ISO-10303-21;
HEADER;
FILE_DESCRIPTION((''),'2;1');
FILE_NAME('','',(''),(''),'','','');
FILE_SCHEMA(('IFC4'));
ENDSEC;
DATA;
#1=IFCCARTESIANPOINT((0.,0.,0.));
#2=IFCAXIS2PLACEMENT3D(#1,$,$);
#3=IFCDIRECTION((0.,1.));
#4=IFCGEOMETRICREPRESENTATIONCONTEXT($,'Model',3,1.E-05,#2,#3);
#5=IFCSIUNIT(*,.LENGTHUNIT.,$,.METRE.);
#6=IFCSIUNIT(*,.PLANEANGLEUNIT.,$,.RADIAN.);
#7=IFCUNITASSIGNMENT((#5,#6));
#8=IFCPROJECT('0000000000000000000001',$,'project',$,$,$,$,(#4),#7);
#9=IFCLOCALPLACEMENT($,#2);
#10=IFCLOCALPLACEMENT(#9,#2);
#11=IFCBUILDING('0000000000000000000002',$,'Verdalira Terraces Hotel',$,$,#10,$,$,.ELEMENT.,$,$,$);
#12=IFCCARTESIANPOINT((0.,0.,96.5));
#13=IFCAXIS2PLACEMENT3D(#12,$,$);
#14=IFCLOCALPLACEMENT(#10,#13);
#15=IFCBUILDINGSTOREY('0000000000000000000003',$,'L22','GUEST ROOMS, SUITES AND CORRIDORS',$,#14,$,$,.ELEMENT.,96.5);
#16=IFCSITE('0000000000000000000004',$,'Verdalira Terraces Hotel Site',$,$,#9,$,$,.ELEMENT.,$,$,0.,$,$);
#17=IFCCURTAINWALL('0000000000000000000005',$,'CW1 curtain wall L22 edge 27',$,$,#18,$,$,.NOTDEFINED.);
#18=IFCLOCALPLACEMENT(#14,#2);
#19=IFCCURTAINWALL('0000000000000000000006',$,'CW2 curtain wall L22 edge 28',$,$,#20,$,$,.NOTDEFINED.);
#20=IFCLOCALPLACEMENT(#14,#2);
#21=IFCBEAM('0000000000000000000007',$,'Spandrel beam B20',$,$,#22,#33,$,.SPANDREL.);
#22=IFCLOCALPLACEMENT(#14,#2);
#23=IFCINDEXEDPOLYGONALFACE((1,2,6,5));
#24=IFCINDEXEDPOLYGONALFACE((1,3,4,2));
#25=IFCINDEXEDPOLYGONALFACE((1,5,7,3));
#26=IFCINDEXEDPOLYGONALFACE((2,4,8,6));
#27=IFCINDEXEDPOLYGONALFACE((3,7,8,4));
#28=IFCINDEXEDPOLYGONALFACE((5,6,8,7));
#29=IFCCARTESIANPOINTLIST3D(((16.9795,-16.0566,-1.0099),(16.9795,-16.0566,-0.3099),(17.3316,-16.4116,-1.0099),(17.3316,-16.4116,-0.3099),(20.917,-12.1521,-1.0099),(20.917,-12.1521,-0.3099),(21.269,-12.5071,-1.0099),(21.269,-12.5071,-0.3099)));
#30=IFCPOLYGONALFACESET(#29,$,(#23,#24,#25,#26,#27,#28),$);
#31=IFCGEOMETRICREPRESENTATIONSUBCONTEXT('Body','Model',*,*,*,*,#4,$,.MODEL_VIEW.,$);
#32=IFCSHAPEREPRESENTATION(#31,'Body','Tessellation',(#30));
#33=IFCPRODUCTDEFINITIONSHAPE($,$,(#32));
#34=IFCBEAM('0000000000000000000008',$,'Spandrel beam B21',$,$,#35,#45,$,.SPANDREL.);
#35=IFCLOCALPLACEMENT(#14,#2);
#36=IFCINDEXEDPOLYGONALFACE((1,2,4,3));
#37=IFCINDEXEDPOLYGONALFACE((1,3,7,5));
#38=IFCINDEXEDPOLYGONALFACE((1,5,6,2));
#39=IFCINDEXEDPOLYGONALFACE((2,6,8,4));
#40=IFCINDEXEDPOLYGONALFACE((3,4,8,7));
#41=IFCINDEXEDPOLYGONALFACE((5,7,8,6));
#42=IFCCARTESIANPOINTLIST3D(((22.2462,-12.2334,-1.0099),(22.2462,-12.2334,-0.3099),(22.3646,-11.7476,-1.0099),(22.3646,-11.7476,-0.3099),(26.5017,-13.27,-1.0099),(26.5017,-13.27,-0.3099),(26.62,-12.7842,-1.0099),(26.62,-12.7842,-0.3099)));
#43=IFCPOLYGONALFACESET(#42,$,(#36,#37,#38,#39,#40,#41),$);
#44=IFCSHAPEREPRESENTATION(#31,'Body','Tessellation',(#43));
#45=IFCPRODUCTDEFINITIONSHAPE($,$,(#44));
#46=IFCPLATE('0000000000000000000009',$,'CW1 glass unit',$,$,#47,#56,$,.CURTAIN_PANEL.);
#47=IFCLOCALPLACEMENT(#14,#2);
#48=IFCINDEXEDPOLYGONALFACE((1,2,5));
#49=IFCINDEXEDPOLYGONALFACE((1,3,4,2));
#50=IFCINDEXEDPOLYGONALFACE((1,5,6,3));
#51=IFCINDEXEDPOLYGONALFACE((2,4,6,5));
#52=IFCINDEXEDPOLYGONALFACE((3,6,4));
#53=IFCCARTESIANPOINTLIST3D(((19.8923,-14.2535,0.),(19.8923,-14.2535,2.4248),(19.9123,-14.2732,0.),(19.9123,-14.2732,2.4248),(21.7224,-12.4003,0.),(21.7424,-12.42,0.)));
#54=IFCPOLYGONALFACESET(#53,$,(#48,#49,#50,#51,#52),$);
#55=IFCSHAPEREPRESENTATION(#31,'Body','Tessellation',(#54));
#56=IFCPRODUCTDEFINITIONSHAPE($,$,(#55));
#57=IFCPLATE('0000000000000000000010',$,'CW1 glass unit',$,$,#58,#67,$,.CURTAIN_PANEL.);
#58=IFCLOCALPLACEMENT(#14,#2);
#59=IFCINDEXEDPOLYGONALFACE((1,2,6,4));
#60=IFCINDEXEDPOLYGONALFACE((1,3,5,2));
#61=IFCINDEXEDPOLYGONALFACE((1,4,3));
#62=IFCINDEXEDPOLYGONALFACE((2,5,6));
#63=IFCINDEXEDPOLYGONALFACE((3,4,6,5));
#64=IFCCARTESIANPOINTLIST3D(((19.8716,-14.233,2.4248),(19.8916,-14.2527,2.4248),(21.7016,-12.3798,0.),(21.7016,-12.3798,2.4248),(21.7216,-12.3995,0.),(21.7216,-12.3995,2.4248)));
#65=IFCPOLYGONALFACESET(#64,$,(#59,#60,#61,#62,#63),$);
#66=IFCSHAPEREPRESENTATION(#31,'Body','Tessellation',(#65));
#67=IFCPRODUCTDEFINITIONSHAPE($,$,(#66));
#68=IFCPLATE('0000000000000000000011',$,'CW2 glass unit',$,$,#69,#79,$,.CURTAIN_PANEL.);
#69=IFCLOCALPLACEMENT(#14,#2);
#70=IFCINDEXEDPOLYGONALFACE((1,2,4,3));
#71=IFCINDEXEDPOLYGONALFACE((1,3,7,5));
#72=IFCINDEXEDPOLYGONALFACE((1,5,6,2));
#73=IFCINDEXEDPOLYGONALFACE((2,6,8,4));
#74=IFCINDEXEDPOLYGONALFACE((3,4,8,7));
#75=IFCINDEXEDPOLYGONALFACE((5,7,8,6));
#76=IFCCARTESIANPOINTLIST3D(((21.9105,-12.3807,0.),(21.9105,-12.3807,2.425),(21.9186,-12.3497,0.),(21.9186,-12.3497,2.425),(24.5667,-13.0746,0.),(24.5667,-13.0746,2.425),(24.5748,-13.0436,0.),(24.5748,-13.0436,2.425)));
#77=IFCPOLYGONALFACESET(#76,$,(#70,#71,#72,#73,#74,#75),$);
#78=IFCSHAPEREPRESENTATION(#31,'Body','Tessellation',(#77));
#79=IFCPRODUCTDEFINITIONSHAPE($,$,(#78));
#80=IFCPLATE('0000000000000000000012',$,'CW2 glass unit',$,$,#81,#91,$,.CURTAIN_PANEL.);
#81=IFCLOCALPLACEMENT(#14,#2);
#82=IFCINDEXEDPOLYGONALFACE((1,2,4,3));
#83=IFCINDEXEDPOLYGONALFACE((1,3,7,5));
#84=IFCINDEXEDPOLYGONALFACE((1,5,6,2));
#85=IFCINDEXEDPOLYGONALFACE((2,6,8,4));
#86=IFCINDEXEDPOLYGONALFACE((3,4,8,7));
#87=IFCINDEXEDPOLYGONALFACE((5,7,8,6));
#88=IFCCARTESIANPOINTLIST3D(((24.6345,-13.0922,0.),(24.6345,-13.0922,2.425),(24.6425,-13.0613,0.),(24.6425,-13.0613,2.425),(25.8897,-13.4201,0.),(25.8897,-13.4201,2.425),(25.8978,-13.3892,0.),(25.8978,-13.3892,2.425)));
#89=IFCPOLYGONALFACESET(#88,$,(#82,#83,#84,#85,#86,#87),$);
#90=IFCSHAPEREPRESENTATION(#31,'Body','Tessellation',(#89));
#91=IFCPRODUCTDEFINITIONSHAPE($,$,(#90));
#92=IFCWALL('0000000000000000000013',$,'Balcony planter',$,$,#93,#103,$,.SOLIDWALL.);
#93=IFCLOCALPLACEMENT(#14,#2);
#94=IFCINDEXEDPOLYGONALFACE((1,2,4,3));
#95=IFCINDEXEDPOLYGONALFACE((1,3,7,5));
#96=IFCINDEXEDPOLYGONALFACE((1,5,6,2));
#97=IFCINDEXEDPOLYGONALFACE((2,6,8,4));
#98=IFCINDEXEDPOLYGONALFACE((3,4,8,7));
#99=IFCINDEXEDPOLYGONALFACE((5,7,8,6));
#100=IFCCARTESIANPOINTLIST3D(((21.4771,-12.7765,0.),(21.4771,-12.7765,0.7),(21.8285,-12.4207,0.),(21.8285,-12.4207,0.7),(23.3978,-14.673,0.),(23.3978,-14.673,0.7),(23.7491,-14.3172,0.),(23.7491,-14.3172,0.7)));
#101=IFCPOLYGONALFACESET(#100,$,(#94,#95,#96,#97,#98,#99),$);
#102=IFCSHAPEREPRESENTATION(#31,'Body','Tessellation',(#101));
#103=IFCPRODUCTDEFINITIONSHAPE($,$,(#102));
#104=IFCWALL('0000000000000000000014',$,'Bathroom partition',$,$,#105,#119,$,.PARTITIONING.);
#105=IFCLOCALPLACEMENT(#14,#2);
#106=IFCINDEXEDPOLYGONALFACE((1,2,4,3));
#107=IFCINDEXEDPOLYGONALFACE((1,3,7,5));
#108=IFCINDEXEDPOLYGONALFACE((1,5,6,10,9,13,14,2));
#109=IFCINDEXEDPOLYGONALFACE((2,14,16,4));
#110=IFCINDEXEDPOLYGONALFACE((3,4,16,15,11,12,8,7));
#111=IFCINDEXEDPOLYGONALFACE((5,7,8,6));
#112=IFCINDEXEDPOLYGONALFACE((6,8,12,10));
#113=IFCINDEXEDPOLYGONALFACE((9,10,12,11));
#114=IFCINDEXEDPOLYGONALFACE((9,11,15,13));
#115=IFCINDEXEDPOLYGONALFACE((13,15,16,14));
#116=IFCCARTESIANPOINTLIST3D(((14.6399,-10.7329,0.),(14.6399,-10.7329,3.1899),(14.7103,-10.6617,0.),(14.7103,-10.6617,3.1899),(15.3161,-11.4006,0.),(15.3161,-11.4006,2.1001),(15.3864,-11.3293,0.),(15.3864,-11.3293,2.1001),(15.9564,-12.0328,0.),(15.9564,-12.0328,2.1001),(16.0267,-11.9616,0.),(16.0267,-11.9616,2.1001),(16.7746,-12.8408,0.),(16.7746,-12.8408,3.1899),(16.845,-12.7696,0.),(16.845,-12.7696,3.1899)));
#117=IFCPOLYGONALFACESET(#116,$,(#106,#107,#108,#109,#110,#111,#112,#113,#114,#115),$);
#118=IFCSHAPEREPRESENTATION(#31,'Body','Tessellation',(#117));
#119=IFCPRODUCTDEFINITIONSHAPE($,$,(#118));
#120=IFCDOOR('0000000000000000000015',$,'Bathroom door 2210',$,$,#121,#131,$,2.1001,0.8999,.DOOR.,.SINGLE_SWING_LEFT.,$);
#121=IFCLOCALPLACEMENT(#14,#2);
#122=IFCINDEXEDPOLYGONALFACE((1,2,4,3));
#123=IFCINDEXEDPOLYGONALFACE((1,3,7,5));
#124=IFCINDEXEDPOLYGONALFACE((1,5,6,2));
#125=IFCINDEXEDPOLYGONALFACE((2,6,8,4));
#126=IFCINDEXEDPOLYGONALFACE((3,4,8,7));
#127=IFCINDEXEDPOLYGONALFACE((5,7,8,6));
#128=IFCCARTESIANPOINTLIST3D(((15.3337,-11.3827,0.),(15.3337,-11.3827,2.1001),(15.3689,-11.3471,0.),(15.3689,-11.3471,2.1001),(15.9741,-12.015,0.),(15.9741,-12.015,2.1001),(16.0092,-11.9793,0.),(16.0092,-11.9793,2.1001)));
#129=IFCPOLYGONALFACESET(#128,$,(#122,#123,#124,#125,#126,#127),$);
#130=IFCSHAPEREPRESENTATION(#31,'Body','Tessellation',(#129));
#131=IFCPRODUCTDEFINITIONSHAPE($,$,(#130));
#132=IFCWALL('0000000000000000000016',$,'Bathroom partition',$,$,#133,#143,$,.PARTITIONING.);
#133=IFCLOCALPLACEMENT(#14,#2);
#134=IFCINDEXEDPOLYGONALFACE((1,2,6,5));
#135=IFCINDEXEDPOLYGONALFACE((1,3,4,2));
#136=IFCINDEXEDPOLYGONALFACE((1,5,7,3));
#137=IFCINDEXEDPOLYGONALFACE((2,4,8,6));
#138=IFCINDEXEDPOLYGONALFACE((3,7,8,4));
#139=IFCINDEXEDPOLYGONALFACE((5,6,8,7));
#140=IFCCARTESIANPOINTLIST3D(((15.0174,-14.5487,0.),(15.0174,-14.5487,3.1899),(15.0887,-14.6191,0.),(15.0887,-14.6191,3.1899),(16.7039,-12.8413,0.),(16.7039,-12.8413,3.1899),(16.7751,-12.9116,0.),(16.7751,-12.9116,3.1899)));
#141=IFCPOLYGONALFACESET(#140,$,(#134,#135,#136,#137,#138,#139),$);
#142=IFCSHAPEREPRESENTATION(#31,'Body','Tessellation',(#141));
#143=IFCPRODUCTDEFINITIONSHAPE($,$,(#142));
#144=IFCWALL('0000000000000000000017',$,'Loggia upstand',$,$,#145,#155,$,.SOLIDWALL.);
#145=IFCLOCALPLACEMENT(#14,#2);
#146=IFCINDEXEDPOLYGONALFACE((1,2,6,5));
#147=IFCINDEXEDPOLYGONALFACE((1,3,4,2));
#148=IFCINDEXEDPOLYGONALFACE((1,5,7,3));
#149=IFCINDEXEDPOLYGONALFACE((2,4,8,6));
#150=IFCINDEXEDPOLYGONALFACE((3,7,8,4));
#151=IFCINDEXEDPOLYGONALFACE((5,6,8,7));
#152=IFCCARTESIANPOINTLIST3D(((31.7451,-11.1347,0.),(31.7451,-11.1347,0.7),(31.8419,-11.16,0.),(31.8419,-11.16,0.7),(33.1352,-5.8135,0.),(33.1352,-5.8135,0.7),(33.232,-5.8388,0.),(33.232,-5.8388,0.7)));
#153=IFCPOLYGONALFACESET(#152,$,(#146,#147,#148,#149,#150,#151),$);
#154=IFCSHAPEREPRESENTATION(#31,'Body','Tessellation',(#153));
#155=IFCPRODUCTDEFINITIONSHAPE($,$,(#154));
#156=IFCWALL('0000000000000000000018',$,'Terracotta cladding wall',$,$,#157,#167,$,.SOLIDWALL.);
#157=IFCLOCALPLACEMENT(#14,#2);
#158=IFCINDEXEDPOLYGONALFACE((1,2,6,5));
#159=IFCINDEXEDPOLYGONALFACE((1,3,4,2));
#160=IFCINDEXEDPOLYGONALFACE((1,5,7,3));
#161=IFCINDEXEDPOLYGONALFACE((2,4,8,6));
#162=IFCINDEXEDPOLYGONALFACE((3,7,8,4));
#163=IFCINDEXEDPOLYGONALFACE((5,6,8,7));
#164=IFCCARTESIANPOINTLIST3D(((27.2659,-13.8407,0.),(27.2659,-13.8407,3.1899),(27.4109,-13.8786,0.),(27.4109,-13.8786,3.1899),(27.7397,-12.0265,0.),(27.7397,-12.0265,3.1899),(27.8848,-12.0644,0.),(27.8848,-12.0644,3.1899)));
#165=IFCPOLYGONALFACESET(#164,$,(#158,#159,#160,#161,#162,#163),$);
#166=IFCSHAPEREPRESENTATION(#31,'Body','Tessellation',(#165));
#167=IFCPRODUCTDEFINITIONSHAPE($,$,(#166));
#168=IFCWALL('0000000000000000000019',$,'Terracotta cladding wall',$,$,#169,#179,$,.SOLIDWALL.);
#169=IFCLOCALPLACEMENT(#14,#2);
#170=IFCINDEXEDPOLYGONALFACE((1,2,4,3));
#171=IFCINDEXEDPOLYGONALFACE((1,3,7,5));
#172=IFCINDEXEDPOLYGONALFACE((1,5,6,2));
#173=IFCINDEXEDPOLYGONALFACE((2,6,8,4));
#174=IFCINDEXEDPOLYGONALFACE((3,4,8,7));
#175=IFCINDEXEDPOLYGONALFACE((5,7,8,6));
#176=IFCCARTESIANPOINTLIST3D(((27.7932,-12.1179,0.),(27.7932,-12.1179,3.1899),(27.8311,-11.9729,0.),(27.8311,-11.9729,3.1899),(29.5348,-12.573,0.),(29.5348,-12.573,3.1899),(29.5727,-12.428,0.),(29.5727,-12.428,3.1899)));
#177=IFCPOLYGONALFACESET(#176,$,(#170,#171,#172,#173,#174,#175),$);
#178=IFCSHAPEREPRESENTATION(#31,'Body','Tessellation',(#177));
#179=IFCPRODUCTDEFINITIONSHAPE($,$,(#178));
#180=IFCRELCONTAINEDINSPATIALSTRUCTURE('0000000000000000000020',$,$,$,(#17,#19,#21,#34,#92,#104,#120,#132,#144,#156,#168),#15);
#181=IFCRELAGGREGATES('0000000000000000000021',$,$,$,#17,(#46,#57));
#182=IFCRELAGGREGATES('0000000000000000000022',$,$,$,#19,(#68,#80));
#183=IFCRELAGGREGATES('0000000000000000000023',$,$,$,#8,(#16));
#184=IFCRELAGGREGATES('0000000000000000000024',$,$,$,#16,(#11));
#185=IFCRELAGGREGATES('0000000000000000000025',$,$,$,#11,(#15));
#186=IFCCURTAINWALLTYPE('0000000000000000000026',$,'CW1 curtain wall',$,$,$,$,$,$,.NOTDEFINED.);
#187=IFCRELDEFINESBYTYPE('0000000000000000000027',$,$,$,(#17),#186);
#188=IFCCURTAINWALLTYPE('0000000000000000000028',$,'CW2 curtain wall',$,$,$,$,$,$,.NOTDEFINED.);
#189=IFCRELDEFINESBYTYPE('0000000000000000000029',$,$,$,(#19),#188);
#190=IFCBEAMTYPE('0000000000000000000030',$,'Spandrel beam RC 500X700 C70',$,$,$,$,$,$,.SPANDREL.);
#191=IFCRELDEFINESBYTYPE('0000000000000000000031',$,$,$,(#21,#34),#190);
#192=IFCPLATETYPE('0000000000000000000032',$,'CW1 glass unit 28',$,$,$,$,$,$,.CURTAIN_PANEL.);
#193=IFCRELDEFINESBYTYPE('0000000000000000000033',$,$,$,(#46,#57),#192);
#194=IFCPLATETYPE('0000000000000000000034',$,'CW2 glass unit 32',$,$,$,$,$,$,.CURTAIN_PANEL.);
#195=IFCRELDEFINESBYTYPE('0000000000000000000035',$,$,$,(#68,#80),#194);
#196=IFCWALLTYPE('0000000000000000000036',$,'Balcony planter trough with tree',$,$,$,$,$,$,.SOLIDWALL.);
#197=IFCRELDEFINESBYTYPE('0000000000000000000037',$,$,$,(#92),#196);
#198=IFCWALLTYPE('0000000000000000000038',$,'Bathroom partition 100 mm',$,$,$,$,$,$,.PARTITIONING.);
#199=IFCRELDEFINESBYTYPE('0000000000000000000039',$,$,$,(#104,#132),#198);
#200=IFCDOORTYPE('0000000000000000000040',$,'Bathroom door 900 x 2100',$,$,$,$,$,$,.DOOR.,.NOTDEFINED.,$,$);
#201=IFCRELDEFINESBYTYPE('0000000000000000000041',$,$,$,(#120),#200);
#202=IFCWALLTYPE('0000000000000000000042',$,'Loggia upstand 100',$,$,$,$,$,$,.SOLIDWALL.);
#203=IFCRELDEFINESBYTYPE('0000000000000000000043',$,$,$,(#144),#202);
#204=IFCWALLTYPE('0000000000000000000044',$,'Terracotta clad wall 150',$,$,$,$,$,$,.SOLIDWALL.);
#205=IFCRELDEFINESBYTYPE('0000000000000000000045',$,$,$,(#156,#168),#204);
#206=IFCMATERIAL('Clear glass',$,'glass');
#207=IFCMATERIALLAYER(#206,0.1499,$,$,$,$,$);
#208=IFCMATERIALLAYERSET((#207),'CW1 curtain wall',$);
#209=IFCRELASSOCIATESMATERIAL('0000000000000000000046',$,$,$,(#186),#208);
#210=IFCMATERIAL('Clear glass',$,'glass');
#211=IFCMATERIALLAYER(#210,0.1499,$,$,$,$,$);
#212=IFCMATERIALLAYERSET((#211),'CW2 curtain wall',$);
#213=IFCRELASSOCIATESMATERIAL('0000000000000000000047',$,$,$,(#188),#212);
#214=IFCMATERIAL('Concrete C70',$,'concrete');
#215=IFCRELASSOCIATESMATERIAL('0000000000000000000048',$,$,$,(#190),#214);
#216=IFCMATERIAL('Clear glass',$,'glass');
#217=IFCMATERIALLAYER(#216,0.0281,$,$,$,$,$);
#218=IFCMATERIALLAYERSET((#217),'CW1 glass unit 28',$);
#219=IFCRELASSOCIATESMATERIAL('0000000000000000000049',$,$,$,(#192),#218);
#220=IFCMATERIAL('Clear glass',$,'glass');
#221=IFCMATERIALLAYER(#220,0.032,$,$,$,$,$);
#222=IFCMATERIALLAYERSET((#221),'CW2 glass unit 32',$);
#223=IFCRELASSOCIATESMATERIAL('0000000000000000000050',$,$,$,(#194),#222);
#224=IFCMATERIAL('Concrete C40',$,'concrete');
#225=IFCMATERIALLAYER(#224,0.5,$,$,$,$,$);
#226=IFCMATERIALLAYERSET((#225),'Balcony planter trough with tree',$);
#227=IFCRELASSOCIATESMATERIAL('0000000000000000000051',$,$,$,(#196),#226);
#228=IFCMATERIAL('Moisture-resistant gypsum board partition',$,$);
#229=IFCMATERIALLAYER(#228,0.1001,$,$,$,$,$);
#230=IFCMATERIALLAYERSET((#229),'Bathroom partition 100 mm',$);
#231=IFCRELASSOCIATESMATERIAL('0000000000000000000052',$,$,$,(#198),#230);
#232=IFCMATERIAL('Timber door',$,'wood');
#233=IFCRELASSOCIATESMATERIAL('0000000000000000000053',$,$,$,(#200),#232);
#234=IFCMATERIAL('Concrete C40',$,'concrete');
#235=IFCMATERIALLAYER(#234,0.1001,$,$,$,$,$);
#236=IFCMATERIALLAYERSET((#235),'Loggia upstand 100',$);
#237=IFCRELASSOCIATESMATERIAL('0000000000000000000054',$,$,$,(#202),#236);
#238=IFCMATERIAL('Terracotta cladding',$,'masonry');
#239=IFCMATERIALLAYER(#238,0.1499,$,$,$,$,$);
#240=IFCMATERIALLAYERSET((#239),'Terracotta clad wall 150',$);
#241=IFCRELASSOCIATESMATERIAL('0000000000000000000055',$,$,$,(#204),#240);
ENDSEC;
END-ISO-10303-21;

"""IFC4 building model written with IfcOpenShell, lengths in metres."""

from ifc_helpers import new_model, si_unit, direction, frame, frame_2d, origin, origin_2d, place, context, subcontext, project, spatial, polyline, rectangle, outline, extrude, material, layer, layer_set, material_profile, profile_set, type_object, element, fill, aggregate, save


model = new_model("IFC4")

# Units and contexts
model_context = context("Model", 3, precision=1e-05, world=origin(), true_north=direction((0.0, 1.0)))
body_context = subcontext(model_context, "Body", "Model", "MODEL_VIEW")
ifc_project = project(units=[si_unit("LENGTHUNIT", "METRE"), si_unit("PLANEANGLEUNIT", "RADIAN")], contexts=[model_context])

# Site, building, storey
site_placement = place(None, origin())
site = spatial("IfcSite", under=ifc_project, at=site_placement, Name="Verdalira Terraces Hotel Site", CompositionType="ELEMENT", RefElevation=0.0)
building_placement = place(site_placement, origin())
building = spatial("IfcBuilding", under=site, at=building_placement, Name="Verdalira Terraces Hotel", CompositionType="ELEMENT")
storey_placement = place(building_placement, frame((0.0, 0.0, 96.5)))
storey = spatial("IfcBuildingStorey", under=building, at=storey_placement, Name="L22", Description="GUEST ROOMS, SUITES AND CORRIDORS", CompositionType="ELEMENT", Elevation=96.5)

# Curtain wall
ifc_material_1 = material(Name="Clear glass", Category="glass")
ifc_layer_1 = layer(ifc_material_1, 0.1499)
ifc_layer_set_1 = layer_set([ifc_layer_1], Name="CW1 curtain wall")
curtain_wall_type_1 = type_object("IfcCurtainWallType", Name="CW1 curtain wall", PredefinedType="NOTDEFINED", material=ifc_layer_set_1)
curtain_wall_1_placement = place(storey_placement, origin())
curtain_wall_1 = element("IfcCurtainWall", 1, at=curtain_wall_1_placement, inside=storey, type_object=curtain_wall_type_1, Name="CW1 curtain wall L22 edge 27", PredefinedType="NOTDEFINED")

# Curtain wall
ifc_material_2 = material(Name="Clear glass", Category="glass")
ifc_layer_2 = layer(ifc_material_2, 0.1499)
ifc_layer_set_2 = layer_set([ifc_layer_2], Name="CW2 curtain wall")
curtain_wall_type_2 = type_object("IfcCurtainWallType", Name="CW2 curtain wall", PredefinedType="NOTDEFINED", material=ifc_layer_set_2)
curtain_wall_2_placement = place(storey_placement, origin())
curtain_wall_2 = element("IfcCurtainWall", 2, at=curtain_wall_2_placement, inside=storey, type_object=curtain_wall_type_2, Name="CW2 curtain wall L22 edge 28", PredefinedType="NOTDEFINED")

# Beams
ifc_material_3 = material(Name="Concrete C70", Category="concrete")
ifc_material_profile_1 = material_profile(ifc_material_3, rectangle(XDim=0.5, YDim=0.7, at=origin_2d()), Name="RC 500X700")
ifc_profile_set_1 = profile_set([ifc_material_profile_1], Name="Concrete C70")
beam_type_1 = type_object("IfcBeamType", Name="Spandrel beam RC 500X700 C70", PredefinedType="SPANDREL", material=ifc_profile_set_1)
beam_1_placement = place(storey_placement, frame((17.1555, -16.2341, -0.6599), z_axis=(0.710072, 0.704129, 0.0), x_axis=(-0.704129, 0.710072, 0.0)))
element("IfcBeam", 3, at=beam_1_placement, inside=storey, type_object=beam_type_1, Name="Spandrel beam B20", PredefinedType="SPANDREL", context=body_context, shape_type="SweptSolid", body=[
    extrude(rectangle(XDim=0.5, YDim=0.7, at=origin_2d()), origin(), (0.0, 0.0, 1.0), 5.5452),
])
beam_2_placement = place(storey_placement, frame((22.3054, -11.9905, -0.6599), z_axis=(0.971587, -0.236682, 0.0), x_axis=(0.236682, 0.971587, 0.0)))
element("IfcBeam", 4, at=beam_2_placement, inside=storey, type_object=beam_type_1, Name="Spandrel beam B21", PredefinedType="SPANDREL", context=body_context, shape_type="SweptSolid", body=[
    extrude(rectangle(XDim=0.5, YDim=0.7, at=origin_2d()), origin(), (0.0, 0.0, 1.0), 4.3799),
])

# Plates
ifc_material_4 = material(Name="Clear glass", Category="glass")
ifc_layer_3 = layer(ifc_material_4, 0.0281)
ifc_layer_set_3 = layer_set([ifc_layer_3], Name="CW1 glass unit 28")
plate_type_1 = type_object("IfcPlateType", Name="CW1 glass unit 28", PredefinedType="CURTAIN_PANEL", material=ifc_layer_set_3)
plate_1_placement = place(storey_placement, frame((20.8074, -13.3269, 1.2124), z_axis=(0.711536, -0.70265, 0.0), x_axis=(0.70265, 0.711536, 0.0)))
plate_1 = element("IfcPlate", 5, at=plate_1_placement, type_object=plate_type_1, Name="CW1 glass unit", PredefinedType="CURTAIN_PANEL", context=body_context, shape_type="SweptSolid", body=[
    extrude(outline(polyline([(-1.3022, -1.2124), (1.3022, -1.2124), (-1.3022, 1.2124), (-1.3022, -1.2124)])), origin(), (0.0, 0.0, 1.0), 0.0281),
])
plate_2_placement = place(storey_placement, frame((20.7866, -13.3064, 1.2124), z_axis=(0.711536, -0.70265, 0.0), x_axis=(0.70265, 0.711536, 0.0)))
plate_2 = element("IfcPlate", 6, at=plate_2_placement, type_object=plate_type_1, Name="CW1 glass unit", PredefinedType="CURTAIN_PANEL", context=body_context, shape_type="SweptSolid", body=[
    extrude(outline(polyline([(1.3022, -1.2124), (1.3022, 1.2124), (-1.3022, 1.2124), (1.3022, -1.2124)])), origin(), (0.0, 0.0, 1.0), 0.0281),
])
aggregate(curtain_wall_1, [plate_1, plate_2])
ifc_material_5 = material(Name="Clear glass", Category="glass")
ifc_layer_4 = layer(ifc_material_5, 0.032)
ifc_layer_set_4 = layer_set([ifc_layer_4], Name="CW2 glass unit 32")
plate_type_2 = type_object("IfcPlateType", Name="CW2 glass unit 32", PredefinedType="CURTAIN_PANEL", material=ifc_layer_set_4)
plate_3_placement = place(storey_placement, frame((23.2427, -12.7122, 0.0), z_axis=(0.0, 0.0, 1.0), x_axis=(0.967533, -0.252745, 0.0)))
plate_3 = element("IfcPlate", 7, at=plate_3_placement, type_object=plate_type_2, Name="CW2 glass unit", PredefinedType="CURTAIN_PANEL", context=body_context, shape_type="SweptSolid", body=[
    extrude(rectangle(XDim=2.7454, YDim=0.032, at=origin_2d()), origin(), (0.0, 0.0, 1.0), 2.425),
])
plate_4_placement = place(storey_placement, frame((25.2661, -13.2407, 0.0), z_axis=(0.0, 0.0, 1.0), x_axis=(0.967533, -0.252745, 0.0)))
plate_4 = element("IfcPlate", 8, at=plate_4_placement, type_object=plate_type_2, Name="CW2 glass unit", PredefinedType="CURTAIN_PANEL", context=body_context, shape_type="SweptSolid", body=[
    extrude(rectangle(XDim=1.2974, YDim=0.032, at=origin_2d()), origin(), (0.0, 0.0, 1.0), 2.425),
])
aggregate(curtain_wall_2, [plate_3, plate_4])

# Wall
ifc_material_6 = material(Name="Concrete C40", Category="concrete")
ifc_layer_5 = layer(ifc_material_6, 0.5)
ifc_layer_set_5 = layer_set([ifc_layer_5], Name="Balcony planter trough with tree")
wall_type_1 = type_object("IfcWallType", Name="Balcony planter trough with tree", PredefinedType="SOLIDWALL", material=ifc_layer_set_5)
wall_1_placement = place(storey_placement, frame((23.5735, -14.4951, 0.0), z_axis=(0.0, 0.0, 1.0), x_axis=(-0.71157, 0.702615, 0.0)))
element("IfcWall", 9, at=wall_1_placement, inside=storey, type_object=wall_type_1, Name="Balcony planter", PredefinedType="SOLIDWALL", context=body_context, shape_type="SweptSolid", body=[
    extrude(rectangle(XDim=2.6992, YDim=0.5, at=frame_2d((1.3496, 0.0))), origin(), (0.0, 0.0, 1.0), 0.7),
])

# Wall, opening, door
ifc_material_7 = material(Name="Moisture-resistant gypsum board partition")
ifc_layer_6 = layer(ifc_material_7, 0.1001)
ifc_layer_set_6 = layer_set([ifc_layer_6], Name="Bathroom partition 100 mm")
wall_type_2 = type_object("IfcWallType", Name="Bathroom partition 100 mm", PredefinedType="PARTITIONING", material=ifc_layer_set_6)
wall_2_placement = place(storey_placement, frame((16.8098, -12.8052, 0.0), z_axis=(0.0, 0.0, 1.0), x_axis=(-0.711568, 0.702617, 0.0)))
wall_2 = element("IfcWall", 10, at=wall_2_placement, inside=storey, type_object=wall_type_2, Name="Bathroom partition", PredefinedType="PARTITIONING", context=body_context, shape_type="SweptSolid", body=[
    extrude(rectangle(XDim=3.0, YDim=0.1001, at=frame_2d((1.5, 0.0))), origin(), (0.0, 0.0, 1.0), 3.1899),
])
opening_1_placement = place(wall_2_placement, frame((1.1499, 0.0, 0.0)))
opening_1 = element("IfcOpeningElement", 11, at=opening_1_placement, cuts=wall_2, PredefinedType="OPENING", context=body_context, shape_type="SweptSolid", body=[
    extrude(rectangle(XDim=0.8999, YDim=2.1001, at=frame_2d((0.45, 1.05))), frame((0.0, 0.0601, 0.0), z_axis=(0.0, -1.0, 0.0), x_axis=(1.0, 0.0, 0.0)), (0.0, 0.0, 1.0), 0.1201),
])
ifc_material_8 = material(Name="Timber door", Category="wood")
door_type_1 = type_object("IfcDoorType", Name="Bathroom door 900 x 2100", OperationType="NOTDEFINED", PredefinedType="DOOR", material=ifc_material_8)
door_1_placement = place(opening_1_placement, origin())
door_1 = element("IfcDoor", 12, at=door_1_placement, inside=storey, type_object=door_type_1, Name="Bathroom door 2210", OperationType="SINGLE_SWING_LEFT", OverallHeight=2.1001, OverallWidth=0.8999, PredefinedType="DOOR", context=body_context, shape_type="SweptSolid", body=[
    extrude(rectangle(XDim=0.8999, YDim=2.1001, at=frame_2d((0.45, 1.05))), frame((0.0, 0.0249, 0.0), z_axis=(0.0, -1.0, 0.0), x_axis=(1.0, 0.0, 0.0)), (0.0, 0.0, 1.0), 0.05),
])
fill(opening_1, door_1)

# Walls
wall_3_placement = place(storey_placement, frame((16.7395, -12.8765, 0.0), z_axis=(0.0, 0.0, 1.0), x_axis=(-0.702719, -0.711467, 0.0)))
element("IfcWall", 13, at=wall_3_placement, inside=storey, type_object=wall_type_2, Name="Bathroom partition", PredefinedType="PARTITIONING", context=body_context, shape_type="SweptSolid", body=[
    extrude(rectangle(XDim=2.3999, YDim=0.1001, at=frame_2d((1.2, 0.0))), origin(), (0.0, 0.0, 1.0), 3.1899),
])
ifc_material_9 = material(Name="Concrete C40", Category="concrete")
ifc_layer_7 = layer(ifc_material_9, 0.1001)
ifc_layer_set_7 = layer_set([ifc_layer_7], Name="Loggia upstand 100")
wall_type_3 = type_object("IfcWallType", Name="Loggia upstand 100", PredefinedType="SOLIDWALL", material=ifc_layer_set_7)
wall_4_placement = place(storey_placement, frame((31.7935, -11.1475, 0.0), z_axis=(0.0, 0.0, 1.0), x_axis=(0.252758, 0.96753, 0.0)))
element("IfcWall", 14, at=wall_4_placement, inside=storey, type_object=wall_type_3, Name="Loggia upstand", PredefinedType="SOLIDWALL", context=body_context, shape_type="SweptSolid", body=[
    extrude(rectangle(XDim=5.4998, YDim=0.1001, at=frame_2d((2.75, 0.0))), origin(), (0.0, 0.0, 1.0), 0.7),
])
ifc_material_10 = material(Name="Terracotta cladding", Category="masonry")
ifc_layer_8 = layer(ifc_material_10, 0.1499)
ifc_layer_set_8 = layer_set([ifc_layer_8], Name="Terracotta clad wall 150")
wall_type_4 = type_object("IfcWallType", Name="Terracotta clad wall 150", PredefinedType="SOLIDWALL", material=ifc_layer_set_8)
wall_5_placement = place(storey_placement, frame((27.3384, -13.8596, 0.0), z_axis=(0.0, 0.0, 1.0), x_axis=(0.252724, 0.967538, 0.0)))
element("IfcWall", 15, at=wall_5_placement, inside=storey, type_object=wall_type_4, Name="Terracotta cladding wall", PredefinedType="SOLIDWALL", context=body_context, shape_type="SweptSolid", body=[
    extrude(rectangle(XDim=1.875, YDim=0.1499, at=frame_2d((0.9375, 0.0))), origin(), (0.0, 0.0, 1.0), 3.1899),
])
wall_6_placement = place(storey_placement, frame((27.8123, -12.0454, 0.0), z_axis=(0.0, 0.0, 1.0), x_axis=(0.967511, -0.25283, 0.0)))
element("IfcWall", 16, at=wall_6_placement, inside=storey, type_object=wall_type_4, Name="Terracotta cladding wall", PredefinedType="SOLIDWALL", context=body_context, shape_type="SweptSolid", body=[
    extrude(rectangle(XDim=1.8, YDim=0.1499, at=frame_2d((0.8999, 0.0))), origin(), (0.0, 0.0, 1.0), 3.1899),
])

save(model, "model.ifc")
